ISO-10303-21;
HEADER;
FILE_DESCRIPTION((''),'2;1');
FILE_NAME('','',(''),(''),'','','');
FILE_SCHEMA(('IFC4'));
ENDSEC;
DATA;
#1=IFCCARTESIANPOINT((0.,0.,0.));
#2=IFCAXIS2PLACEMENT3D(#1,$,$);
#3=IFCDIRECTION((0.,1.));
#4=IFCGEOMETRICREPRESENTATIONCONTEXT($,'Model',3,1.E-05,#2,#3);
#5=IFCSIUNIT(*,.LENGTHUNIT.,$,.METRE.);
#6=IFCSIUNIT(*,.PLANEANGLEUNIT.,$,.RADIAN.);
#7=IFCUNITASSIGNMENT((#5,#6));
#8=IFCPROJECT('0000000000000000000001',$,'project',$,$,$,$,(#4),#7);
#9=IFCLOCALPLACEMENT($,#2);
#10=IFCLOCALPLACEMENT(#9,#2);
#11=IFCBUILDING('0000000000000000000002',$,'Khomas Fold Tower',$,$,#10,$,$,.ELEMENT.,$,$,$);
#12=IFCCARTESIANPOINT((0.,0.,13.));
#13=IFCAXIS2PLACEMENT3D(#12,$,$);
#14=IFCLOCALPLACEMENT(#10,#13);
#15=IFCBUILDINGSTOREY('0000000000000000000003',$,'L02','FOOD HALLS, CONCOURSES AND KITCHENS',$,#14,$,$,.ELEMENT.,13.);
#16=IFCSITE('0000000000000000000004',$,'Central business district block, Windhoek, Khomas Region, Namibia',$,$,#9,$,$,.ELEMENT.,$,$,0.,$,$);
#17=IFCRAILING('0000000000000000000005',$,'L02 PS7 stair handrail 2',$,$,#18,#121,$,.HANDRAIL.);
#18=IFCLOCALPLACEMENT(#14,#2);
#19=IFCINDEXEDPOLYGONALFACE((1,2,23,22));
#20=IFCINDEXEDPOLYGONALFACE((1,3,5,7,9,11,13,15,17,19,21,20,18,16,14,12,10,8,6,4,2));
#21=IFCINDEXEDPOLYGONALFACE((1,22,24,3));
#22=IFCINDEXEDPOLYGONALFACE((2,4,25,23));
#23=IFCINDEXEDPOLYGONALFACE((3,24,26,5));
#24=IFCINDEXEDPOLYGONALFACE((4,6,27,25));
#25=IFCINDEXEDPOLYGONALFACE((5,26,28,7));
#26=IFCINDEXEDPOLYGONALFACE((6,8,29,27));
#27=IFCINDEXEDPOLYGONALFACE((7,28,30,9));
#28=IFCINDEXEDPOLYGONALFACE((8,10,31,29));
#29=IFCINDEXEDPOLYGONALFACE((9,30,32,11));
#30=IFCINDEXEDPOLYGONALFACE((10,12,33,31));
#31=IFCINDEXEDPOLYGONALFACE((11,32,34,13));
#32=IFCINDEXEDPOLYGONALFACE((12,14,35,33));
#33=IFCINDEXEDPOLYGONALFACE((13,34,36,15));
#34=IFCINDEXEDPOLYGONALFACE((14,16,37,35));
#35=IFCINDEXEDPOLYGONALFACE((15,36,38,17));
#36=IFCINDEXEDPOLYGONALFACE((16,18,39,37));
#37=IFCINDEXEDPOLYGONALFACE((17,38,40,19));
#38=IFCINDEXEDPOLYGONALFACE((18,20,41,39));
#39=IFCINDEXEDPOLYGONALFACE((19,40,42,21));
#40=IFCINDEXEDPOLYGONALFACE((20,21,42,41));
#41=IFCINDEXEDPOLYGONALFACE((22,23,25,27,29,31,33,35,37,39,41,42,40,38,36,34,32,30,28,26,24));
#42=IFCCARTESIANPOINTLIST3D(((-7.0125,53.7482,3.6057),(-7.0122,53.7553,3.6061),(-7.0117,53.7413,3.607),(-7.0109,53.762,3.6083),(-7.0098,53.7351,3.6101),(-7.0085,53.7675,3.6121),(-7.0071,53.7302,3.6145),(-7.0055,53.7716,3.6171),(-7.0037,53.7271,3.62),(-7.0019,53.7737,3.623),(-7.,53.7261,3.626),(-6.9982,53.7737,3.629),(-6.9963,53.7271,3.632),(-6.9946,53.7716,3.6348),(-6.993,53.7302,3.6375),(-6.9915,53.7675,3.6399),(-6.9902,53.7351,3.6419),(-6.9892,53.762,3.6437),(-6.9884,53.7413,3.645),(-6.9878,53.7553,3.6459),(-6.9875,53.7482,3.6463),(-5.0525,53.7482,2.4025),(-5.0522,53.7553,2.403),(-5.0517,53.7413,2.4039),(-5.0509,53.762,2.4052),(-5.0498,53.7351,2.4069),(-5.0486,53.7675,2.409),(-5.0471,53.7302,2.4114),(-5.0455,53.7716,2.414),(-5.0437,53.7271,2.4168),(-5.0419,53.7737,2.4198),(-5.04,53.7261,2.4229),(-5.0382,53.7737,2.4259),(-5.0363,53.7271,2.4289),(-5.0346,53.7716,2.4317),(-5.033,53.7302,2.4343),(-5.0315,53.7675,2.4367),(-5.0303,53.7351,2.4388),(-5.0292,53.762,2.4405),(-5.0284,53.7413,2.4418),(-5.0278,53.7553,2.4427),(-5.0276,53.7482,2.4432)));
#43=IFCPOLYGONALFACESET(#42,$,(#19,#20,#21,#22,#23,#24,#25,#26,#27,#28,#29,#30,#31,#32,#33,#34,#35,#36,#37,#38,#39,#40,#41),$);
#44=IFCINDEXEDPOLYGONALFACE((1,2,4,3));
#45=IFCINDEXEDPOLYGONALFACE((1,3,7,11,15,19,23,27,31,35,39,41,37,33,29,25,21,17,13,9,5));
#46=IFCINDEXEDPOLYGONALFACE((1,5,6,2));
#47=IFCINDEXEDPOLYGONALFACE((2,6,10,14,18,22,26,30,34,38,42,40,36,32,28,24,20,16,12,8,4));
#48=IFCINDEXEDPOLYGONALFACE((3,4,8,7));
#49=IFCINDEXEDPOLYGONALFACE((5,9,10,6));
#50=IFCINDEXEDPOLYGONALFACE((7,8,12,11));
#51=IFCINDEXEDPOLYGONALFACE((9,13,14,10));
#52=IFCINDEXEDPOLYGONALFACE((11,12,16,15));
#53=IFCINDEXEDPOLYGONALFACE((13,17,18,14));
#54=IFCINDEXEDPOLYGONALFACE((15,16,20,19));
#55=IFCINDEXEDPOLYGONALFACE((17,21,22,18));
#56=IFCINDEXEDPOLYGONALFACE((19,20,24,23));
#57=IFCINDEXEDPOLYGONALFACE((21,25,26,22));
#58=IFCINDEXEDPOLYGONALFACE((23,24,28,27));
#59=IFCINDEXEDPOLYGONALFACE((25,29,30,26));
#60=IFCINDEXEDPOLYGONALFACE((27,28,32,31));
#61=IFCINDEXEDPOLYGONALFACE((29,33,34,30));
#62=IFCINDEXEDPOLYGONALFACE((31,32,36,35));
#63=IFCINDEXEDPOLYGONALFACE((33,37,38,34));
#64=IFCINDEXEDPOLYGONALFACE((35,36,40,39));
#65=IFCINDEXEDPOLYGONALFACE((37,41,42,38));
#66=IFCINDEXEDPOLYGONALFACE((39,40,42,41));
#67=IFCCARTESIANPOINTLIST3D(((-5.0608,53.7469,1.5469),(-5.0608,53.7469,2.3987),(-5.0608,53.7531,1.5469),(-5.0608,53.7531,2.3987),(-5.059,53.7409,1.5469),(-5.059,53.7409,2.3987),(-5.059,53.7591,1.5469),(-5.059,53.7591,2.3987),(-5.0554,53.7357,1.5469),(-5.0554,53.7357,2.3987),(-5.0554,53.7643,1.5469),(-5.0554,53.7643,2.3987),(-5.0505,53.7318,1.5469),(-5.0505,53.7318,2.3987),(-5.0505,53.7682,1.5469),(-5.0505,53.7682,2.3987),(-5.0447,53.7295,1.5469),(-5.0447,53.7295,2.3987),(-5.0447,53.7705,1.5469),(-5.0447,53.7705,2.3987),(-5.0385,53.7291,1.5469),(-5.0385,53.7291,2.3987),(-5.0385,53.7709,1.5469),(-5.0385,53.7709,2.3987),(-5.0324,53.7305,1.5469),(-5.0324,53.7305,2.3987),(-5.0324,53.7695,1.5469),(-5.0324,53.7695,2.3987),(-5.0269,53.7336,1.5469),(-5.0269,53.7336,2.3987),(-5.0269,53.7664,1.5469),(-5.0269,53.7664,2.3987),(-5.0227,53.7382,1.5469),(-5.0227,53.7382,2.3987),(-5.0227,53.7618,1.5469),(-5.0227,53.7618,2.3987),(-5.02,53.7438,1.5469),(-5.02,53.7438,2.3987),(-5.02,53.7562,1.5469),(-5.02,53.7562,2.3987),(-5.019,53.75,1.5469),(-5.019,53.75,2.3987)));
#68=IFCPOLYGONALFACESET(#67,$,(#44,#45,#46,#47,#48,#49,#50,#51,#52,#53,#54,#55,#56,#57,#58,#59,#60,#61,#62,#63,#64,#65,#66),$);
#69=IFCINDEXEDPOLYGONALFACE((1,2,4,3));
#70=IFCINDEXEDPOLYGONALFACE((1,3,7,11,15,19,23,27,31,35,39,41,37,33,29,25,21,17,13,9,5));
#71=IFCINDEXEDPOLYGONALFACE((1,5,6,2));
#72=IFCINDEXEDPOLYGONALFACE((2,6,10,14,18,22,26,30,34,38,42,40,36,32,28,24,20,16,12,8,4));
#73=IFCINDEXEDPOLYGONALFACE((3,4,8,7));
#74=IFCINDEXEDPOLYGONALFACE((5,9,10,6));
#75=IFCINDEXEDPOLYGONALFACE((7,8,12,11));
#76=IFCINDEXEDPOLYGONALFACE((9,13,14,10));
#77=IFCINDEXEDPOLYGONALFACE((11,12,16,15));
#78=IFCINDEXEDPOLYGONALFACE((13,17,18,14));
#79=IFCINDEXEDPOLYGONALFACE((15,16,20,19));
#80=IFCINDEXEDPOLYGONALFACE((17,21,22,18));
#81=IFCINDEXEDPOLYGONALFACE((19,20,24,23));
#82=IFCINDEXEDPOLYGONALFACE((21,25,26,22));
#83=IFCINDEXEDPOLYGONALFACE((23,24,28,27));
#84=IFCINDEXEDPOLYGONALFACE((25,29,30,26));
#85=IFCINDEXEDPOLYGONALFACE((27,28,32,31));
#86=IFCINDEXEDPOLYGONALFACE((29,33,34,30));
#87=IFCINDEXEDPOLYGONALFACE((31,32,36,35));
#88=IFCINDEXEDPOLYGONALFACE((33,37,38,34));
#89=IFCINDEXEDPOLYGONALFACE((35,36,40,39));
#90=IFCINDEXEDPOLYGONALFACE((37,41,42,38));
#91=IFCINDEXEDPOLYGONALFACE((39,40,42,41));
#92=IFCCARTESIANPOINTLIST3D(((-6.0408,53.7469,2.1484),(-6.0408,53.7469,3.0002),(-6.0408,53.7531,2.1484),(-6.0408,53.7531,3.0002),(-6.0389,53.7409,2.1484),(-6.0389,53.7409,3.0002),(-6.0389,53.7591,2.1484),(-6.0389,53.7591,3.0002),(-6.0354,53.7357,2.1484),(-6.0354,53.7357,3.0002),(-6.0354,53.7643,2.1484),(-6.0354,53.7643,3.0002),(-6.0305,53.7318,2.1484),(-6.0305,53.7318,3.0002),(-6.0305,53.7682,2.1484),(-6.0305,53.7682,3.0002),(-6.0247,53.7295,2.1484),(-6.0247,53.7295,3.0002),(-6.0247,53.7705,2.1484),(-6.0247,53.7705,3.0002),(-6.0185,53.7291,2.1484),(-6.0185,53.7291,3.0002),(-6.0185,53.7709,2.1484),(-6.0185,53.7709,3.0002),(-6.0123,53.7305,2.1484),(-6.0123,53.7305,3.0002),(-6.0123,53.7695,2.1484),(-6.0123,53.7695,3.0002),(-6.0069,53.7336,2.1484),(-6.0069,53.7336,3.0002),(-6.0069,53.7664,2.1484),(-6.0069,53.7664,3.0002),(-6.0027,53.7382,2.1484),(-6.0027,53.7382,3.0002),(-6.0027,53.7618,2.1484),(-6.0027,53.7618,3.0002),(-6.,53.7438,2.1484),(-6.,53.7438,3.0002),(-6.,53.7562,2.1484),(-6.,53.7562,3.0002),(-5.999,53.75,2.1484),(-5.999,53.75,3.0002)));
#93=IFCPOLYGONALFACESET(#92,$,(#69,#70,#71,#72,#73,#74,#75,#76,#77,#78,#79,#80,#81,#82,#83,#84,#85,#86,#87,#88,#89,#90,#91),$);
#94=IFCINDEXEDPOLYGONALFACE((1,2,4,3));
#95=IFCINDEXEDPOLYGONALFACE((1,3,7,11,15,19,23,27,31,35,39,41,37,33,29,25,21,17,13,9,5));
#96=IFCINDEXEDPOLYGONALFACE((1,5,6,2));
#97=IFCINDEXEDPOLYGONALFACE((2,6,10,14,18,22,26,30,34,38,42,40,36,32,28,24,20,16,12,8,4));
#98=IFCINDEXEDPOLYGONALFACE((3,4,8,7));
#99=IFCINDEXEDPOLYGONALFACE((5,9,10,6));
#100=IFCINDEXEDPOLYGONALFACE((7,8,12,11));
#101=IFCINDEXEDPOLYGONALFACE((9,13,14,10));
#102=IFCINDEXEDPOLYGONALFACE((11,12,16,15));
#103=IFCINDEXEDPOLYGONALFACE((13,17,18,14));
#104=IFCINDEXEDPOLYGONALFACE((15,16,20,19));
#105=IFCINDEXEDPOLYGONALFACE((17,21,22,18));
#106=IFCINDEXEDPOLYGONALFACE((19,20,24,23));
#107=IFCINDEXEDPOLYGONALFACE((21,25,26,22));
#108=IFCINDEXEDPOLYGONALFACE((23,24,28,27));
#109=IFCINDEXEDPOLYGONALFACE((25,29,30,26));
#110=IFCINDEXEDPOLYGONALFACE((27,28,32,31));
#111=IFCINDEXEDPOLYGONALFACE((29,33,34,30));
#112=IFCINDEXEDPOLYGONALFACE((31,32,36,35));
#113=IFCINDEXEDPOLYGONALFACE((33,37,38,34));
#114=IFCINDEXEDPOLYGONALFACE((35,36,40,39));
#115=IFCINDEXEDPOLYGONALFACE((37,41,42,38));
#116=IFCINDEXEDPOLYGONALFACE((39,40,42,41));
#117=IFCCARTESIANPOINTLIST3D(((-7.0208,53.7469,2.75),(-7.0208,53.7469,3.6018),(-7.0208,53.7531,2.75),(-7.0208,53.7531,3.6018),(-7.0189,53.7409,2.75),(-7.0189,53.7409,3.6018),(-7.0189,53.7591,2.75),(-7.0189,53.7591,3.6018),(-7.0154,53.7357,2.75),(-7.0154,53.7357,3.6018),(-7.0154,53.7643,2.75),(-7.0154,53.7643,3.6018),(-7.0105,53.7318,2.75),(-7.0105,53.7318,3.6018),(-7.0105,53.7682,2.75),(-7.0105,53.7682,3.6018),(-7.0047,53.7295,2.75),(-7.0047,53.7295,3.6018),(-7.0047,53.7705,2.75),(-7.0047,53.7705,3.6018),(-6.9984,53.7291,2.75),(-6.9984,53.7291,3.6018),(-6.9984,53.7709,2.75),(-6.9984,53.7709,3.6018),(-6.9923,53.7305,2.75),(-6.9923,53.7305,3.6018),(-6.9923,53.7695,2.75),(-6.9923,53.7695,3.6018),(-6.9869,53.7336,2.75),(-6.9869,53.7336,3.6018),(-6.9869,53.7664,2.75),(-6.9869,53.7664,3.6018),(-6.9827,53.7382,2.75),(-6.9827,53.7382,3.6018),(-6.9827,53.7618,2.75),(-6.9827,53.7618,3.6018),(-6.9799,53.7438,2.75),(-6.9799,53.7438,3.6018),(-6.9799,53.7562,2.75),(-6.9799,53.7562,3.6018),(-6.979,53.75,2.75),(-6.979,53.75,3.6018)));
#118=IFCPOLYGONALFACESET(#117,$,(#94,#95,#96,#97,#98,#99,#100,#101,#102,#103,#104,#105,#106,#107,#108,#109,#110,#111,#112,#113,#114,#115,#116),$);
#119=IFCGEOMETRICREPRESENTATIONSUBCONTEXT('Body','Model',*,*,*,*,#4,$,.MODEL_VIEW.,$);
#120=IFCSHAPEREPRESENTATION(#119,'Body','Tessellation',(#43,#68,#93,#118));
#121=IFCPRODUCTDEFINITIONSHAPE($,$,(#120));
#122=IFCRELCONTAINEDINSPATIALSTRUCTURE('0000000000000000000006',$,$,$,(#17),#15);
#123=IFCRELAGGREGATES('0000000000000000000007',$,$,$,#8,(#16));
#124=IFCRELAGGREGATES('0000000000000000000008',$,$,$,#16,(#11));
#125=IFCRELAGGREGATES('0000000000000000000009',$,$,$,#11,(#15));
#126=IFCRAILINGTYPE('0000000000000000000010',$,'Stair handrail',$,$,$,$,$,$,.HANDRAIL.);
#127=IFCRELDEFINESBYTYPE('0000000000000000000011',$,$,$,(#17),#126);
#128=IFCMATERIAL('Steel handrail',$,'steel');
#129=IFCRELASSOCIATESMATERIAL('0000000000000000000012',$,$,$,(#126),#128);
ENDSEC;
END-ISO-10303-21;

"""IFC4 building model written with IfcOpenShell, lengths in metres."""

from ifc_helpers import new_model, si_unit, direction, frame, origin, origin_2d, place, context, subcontext, project, spatial, circle, extrude, source, transform, mapped, material, type_object, element, save


model = new_model("IFC4")

# Units and contexts
model_context = context("Model", 3, precision=1e-05, world=origin(), true_north=direction((0.0, 1.0)))
body_context = subcontext(model_context, "Body", "Model", "MODEL_VIEW")
ifc_project = project(units=[si_unit("LENGTHUNIT", "METRE"), si_unit("PLANEANGLEUNIT", "RADIAN")], contexts=[model_context])

# Site, building, storey
site_placement = place(None, origin())
site = spatial("IfcSite", under=ifc_project, at=site_placement, Name="Central business district block, Windhoek, Khomas Region, Namibia", CompositionType="ELEMENT", RefElevation=0.0)
building_placement = place(site_placement, origin())
building = spatial("IfcBuilding", under=site, at=building_placement, Name="Khomas Fold Tower", CompositionType="ELEMENT")
storey_placement = place(building_placement, frame((0.0, 0.0, 13.0)))
storey = spatial("IfcBuildingStorey", under=building, at=storey_placement, Name="L02", Description="FOOD HALLS, CONCOURSES AND KITCHENS", CompositionType="ELEMENT", Elevation=13.0)

# Railing
ifc_material_1 = material(Name="Steel handrail", Category="steel")
railing_type_1 = type_object("IfcRailingType", Name="Stair handrail", PredefinedType="HANDRAIL", material=ifc_material_1)
shared_shape_1 = source(origin(), body_context, "Body", "SweptSolid", [
    extrude(circle(Radius=0.0239, at=origin_2d()), frame((0.0, 0.0, 0.876), z_axis=(-0.852241, 0.0, 0.523149), x_axis=(0.0, -1.0, 0.0)), (0.0, 0.0, 1.0), 2.2998),
    extrude(circle(Radius=0.021, at=origin_2d()), origin(), (0.0, 0.0, 1.0), 0.8518),
    extrude(circle(Radius=0.021, at=origin_2d()), frame((-0.98, 0.0, 0.6016)), (0.0, 0.0, 1.0), 0.8518),
    extrude(circle(Radius=0.021, at=origin_2d()), frame((-1.96, 0.0, 1.2031)), (0.0, 0.0, 1.0), 0.8518),
])
for number, where, name in (
    (1, (-5.04, 53.75, 1.5469), "L02 PS7 stair handrail 2"),
):
    element("IfcRailing", number, at=place(storey_placement, frame(where)), inside=storey, type_object=railing_type_1, Name=name, PredefinedType="HANDRAIL", context=body_context, shape_type="MappedRepresentation", body=[
        mapped(shared_shape_1, transform((0.0, 0.0, 0.0))),
    ])

save(model, "model.ifc")
